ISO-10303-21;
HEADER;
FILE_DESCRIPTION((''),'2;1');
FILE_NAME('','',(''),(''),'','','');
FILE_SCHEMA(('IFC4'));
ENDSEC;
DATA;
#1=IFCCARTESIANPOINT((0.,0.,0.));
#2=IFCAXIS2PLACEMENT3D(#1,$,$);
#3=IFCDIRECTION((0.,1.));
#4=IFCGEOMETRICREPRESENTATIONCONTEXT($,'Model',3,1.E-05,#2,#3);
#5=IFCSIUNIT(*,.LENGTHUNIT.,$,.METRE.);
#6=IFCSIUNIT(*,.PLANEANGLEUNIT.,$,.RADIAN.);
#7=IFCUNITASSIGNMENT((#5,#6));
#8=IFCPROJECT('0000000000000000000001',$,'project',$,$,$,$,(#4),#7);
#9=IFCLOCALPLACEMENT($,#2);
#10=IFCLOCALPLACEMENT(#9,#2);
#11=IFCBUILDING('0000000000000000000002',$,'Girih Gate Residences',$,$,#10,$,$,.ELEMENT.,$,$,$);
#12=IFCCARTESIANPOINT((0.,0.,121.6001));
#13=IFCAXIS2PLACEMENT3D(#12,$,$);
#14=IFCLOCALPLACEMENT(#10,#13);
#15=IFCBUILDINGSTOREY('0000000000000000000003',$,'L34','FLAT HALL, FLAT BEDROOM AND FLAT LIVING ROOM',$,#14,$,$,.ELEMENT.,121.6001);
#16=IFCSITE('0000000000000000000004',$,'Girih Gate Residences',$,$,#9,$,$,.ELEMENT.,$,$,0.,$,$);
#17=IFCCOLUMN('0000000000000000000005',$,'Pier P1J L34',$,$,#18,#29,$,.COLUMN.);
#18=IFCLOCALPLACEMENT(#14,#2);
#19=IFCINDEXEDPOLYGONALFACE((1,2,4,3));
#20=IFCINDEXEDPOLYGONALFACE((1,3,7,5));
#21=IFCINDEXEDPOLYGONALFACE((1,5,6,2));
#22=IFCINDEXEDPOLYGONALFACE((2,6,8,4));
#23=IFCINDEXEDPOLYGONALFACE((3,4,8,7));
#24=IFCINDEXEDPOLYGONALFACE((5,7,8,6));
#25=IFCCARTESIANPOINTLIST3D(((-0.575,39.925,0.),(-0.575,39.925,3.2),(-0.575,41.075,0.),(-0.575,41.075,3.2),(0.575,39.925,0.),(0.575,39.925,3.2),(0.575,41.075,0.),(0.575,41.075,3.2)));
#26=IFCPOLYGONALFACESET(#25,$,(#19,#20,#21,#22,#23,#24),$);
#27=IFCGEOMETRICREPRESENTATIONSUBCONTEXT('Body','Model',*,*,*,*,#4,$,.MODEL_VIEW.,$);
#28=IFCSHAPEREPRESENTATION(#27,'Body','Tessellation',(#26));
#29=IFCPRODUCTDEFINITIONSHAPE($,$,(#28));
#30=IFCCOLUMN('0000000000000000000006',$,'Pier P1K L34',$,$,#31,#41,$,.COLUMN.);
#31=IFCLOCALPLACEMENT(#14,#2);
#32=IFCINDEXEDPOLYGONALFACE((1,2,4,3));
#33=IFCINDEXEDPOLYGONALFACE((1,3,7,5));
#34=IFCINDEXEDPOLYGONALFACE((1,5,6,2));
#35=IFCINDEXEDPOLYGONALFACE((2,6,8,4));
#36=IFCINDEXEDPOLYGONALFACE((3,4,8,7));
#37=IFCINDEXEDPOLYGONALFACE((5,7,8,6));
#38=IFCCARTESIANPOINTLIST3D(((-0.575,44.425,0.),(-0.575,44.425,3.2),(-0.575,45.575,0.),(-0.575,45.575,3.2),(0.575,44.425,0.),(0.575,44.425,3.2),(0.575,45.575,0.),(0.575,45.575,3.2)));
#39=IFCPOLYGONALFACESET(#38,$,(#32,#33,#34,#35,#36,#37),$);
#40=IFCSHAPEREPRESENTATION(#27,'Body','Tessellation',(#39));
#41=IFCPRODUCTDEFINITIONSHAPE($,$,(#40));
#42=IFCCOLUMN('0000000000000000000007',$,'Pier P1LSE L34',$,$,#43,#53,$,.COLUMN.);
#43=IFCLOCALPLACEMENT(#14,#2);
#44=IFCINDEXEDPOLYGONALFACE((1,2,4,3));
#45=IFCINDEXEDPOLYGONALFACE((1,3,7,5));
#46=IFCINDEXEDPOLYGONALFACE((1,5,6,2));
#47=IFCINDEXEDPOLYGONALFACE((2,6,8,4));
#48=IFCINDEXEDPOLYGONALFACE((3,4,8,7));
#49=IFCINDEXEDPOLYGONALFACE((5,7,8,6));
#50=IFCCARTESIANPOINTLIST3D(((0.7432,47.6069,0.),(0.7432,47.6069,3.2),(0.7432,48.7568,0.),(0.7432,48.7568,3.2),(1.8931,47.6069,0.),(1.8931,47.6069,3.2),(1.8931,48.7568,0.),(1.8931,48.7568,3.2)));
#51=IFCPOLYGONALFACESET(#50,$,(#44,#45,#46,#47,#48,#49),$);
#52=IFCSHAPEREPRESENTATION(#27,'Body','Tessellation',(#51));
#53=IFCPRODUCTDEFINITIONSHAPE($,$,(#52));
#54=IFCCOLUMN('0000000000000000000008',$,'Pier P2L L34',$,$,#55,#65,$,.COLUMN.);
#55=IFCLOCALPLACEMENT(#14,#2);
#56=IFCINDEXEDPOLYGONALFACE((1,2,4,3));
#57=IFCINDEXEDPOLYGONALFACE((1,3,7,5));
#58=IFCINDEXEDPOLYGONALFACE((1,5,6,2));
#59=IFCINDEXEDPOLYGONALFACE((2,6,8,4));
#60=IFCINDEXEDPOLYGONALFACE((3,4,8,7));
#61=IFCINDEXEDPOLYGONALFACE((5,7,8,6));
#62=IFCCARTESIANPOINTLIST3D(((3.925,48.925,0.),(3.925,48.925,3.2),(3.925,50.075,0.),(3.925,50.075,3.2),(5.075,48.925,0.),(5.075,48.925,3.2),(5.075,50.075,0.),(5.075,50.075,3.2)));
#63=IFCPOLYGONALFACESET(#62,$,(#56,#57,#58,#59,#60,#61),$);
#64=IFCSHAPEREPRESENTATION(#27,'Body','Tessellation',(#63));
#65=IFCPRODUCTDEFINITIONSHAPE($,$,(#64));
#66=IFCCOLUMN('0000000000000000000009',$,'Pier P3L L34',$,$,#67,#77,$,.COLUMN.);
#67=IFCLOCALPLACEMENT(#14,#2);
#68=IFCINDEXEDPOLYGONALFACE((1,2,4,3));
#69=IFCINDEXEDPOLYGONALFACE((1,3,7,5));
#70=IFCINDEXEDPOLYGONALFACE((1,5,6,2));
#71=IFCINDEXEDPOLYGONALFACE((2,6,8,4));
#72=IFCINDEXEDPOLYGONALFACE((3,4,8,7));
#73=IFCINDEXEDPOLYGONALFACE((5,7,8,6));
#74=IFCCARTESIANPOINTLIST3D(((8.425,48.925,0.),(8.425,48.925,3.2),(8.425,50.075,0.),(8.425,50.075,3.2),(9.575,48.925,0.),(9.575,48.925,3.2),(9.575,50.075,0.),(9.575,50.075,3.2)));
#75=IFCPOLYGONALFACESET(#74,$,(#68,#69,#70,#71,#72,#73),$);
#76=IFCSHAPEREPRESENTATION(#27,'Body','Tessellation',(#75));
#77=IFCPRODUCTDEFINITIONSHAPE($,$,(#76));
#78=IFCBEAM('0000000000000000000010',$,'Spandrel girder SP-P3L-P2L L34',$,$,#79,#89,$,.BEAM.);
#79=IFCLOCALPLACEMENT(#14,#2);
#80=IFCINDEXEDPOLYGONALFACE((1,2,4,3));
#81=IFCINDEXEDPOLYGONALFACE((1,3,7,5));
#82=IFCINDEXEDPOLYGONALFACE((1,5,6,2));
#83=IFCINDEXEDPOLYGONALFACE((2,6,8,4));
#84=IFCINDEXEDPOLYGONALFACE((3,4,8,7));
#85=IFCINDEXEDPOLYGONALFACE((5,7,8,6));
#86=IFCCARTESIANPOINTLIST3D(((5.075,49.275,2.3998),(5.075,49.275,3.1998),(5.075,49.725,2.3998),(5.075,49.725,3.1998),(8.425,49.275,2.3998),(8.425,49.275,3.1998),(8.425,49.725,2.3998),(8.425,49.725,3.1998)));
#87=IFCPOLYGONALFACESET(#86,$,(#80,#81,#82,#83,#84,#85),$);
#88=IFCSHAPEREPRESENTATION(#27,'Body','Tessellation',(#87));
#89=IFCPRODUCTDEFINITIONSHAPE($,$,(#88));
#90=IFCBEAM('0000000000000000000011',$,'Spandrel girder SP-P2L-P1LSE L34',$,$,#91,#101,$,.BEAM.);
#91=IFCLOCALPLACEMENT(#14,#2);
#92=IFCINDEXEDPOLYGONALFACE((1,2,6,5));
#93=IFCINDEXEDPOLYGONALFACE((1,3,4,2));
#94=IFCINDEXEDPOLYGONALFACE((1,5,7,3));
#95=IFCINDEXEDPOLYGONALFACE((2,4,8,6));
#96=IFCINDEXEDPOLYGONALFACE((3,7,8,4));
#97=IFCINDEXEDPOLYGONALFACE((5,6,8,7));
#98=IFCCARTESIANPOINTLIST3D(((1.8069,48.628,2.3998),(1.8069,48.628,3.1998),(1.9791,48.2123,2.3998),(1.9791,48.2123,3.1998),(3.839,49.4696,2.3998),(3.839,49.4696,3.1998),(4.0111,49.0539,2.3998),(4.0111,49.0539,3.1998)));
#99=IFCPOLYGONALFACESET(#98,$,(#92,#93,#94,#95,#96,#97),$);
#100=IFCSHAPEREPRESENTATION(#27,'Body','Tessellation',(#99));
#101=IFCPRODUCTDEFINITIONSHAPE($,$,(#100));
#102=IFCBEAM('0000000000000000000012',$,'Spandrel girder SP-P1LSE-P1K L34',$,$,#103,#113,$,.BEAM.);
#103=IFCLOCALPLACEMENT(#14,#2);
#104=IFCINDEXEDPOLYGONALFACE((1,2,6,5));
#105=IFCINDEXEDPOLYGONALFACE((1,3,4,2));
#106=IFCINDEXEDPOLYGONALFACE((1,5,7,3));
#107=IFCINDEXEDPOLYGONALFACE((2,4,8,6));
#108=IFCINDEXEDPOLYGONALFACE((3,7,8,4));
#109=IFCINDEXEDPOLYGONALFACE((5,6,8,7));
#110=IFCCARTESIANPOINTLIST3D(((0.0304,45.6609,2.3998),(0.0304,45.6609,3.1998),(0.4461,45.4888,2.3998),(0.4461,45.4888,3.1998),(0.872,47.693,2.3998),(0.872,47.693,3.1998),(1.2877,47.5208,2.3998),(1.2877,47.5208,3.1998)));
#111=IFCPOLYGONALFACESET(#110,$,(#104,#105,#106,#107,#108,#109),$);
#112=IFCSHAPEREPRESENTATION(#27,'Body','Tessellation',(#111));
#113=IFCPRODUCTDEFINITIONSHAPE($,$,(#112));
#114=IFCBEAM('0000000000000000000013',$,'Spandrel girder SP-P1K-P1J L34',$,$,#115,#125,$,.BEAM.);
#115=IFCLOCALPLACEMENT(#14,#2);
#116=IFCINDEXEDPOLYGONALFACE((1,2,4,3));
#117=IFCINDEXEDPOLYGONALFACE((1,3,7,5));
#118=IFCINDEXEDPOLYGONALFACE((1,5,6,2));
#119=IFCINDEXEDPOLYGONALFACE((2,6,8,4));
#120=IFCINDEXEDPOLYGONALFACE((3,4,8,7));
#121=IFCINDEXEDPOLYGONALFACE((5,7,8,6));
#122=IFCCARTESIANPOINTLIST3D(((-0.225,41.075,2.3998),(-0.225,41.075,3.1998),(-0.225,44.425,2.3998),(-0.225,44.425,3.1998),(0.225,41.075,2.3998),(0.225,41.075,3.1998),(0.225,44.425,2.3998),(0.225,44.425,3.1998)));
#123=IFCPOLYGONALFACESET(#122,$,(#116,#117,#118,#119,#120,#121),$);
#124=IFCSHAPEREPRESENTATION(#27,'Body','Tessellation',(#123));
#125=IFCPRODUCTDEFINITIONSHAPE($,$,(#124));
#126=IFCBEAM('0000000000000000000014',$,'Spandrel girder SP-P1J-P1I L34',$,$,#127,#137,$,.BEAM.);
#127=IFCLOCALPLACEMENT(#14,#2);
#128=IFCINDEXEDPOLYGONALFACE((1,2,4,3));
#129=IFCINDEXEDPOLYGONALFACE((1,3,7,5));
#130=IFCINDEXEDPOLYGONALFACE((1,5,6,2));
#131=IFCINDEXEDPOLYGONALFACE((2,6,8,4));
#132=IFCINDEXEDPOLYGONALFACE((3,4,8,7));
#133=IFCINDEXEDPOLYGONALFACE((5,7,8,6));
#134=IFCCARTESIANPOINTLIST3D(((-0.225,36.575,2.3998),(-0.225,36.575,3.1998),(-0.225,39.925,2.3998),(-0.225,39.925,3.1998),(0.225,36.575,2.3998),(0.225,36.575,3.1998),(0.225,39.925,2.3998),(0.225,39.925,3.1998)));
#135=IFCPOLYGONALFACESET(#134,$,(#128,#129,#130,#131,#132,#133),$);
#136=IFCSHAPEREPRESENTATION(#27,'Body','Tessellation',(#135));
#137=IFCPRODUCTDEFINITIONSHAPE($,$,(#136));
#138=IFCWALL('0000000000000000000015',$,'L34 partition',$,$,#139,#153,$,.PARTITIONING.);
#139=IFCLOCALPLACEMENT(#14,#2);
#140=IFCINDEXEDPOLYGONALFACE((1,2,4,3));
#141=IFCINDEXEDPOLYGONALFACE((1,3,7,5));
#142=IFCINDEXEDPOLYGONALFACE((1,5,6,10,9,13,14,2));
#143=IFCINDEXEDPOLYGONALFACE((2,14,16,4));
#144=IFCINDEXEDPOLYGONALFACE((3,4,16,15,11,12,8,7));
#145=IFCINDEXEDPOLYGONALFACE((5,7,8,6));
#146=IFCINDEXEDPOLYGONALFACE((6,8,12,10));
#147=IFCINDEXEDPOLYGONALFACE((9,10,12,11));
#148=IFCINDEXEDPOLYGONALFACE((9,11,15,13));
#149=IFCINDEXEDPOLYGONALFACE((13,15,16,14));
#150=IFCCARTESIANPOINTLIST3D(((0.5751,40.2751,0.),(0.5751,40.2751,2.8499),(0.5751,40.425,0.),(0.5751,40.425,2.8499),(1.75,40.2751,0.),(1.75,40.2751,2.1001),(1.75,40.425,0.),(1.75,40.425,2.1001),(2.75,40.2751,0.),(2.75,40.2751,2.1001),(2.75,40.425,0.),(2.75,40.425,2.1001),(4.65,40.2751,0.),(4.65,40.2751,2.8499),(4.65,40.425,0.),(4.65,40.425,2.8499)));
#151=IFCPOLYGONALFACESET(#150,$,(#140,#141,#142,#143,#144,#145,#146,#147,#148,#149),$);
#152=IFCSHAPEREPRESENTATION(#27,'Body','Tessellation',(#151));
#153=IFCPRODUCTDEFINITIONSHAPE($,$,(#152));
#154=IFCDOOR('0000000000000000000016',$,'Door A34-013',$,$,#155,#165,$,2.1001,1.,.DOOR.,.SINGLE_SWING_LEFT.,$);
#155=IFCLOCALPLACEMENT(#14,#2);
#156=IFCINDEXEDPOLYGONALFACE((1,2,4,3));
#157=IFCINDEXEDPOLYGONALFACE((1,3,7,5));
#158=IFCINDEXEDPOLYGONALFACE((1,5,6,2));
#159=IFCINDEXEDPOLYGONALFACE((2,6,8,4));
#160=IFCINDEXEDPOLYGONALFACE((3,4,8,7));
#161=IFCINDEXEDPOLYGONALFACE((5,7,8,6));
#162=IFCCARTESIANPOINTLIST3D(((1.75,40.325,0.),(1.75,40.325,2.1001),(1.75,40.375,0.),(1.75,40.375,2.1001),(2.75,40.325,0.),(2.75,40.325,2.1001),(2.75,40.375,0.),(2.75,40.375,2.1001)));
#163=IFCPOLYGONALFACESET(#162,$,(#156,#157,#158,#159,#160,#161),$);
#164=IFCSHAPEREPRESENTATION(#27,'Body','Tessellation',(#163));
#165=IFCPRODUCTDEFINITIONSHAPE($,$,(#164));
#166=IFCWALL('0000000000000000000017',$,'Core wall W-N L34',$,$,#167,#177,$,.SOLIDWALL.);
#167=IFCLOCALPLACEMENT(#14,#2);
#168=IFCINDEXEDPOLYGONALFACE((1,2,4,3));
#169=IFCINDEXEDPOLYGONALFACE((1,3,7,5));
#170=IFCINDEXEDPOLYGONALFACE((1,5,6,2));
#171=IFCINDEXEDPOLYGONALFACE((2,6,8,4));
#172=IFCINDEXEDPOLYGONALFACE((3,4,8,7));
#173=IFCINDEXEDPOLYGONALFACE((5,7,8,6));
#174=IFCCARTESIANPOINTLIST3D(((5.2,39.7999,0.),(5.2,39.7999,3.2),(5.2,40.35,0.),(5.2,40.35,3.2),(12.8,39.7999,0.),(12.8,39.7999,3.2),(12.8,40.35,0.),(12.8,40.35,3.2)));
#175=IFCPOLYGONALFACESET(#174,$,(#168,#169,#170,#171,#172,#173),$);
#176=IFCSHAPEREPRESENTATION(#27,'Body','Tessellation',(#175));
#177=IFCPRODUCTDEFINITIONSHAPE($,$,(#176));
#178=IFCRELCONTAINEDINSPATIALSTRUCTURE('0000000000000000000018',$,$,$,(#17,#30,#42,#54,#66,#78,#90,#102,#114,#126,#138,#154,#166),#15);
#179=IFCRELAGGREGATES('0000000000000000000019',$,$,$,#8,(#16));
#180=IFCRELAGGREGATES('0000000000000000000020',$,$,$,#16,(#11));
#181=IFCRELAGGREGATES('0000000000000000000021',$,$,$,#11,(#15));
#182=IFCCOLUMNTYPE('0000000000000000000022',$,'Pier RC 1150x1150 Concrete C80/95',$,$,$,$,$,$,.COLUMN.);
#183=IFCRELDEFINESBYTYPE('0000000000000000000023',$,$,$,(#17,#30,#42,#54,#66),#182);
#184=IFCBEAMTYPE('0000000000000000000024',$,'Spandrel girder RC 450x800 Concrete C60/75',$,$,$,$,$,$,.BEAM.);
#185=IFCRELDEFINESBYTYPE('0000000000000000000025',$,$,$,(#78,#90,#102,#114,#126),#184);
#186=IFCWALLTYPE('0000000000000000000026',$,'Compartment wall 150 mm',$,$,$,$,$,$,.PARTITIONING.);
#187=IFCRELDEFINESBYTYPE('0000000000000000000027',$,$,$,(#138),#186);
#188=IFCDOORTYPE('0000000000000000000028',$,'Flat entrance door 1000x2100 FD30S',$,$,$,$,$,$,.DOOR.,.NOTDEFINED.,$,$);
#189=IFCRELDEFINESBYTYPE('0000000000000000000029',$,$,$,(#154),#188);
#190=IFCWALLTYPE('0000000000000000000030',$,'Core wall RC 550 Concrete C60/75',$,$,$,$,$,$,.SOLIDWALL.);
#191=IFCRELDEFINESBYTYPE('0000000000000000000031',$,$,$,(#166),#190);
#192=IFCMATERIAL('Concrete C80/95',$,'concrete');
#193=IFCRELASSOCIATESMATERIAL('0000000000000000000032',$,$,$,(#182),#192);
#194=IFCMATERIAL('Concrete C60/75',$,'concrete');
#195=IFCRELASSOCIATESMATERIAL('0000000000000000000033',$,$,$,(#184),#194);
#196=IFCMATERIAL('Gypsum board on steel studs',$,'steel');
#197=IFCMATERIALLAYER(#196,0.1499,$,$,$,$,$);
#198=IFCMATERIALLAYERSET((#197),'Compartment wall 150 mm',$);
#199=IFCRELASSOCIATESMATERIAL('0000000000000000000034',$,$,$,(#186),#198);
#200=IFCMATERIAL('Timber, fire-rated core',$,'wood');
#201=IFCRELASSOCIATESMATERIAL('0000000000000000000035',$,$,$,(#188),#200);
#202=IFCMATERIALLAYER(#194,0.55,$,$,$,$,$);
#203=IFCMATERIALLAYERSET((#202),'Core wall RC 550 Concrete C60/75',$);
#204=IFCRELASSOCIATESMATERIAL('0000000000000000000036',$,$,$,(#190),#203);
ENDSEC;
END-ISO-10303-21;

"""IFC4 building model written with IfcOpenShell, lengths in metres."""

from ifc_helpers import new_model, si_unit, direction, frame, frame_2d, origin, origin_2d, place, context, subcontext, project, spatial, rectangle, extrude, material, layer, layer_set, material_profile, profile_set, type_object, element, fill, save


model = new_model("IFC4")

# Units and contexts
model_context = context("Model", 3, precision=1e-05, world=origin(), true_north=direction((0.0, 1.0)))
body_context = subcontext(model_context, "Body", "Model", "MODEL_VIEW")
ifc_project = project(units=[si_unit("LENGTHUNIT", "METRE"), si_unit("PLANEANGLEUNIT", "RADIAN")], contexts=[model_context])

# Site, building, storey
site_placement = place(None, origin())
site = spatial("IfcSite", under=ifc_project, at=site_placement, Name="Girih Gate Residences", CompositionType="ELEMENT", RefElevation=0.0)
building_placement = place(site_placement, origin())
building = spatial("IfcBuilding", under=site, at=building_placement, Name="Girih Gate Residences", CompositionType="ELEMENT")
storey_placement = place(building_placement, frame((0.0, 0.0, 121.6001)))
storey = spatial("IfcBuildingStorey", under=building, at=storey_placement, Name="L34", Description="FLAT HALL, FLAT BEDROOM AND FLAT LIVING ROOM", CompositionType="ELEMENT", Elevation=121.6001)

# Columns
ifc_material_1 = material(Name="Concrete C80/95", Category="concrete")
ifc_material_profile_1 = material_profile(ifc_material_1, rectangle(XDim=1.1499, YDim=1.1499, at=origin_2d()))
ifc_profile_set_1 = profile_set([ifc_material_profile_1], Name="Concrete C80/95")
column_type = type_object("IfcColumnType", Name="Pier RC 1150x1150 Concrete C80/95", PredefinedType="COLUMN", material=ifc_profile_set_1)
for number, where, z_axis, x_axis, name in (
    (1, (0.0, 40.5, 0.0), (0.0, 0.0, 1.0), (1.0, 0.0, 0.0), "Pier P1J L34"),
    (2, (0.0, 45.0, 0.0), (0.0, 0.0, 1.0), (1.0, 0.0, 0.0), "Pier P1K L34"),
    (3, (1.3181, 48.1819, 0.0), (0.0, 0.0, 1.0), (1.0, 0.0, 0.0), "Pier P1LSE L34"),
    (4, (4.5, 49.5, 0.0), (0.0, 0.0, 1.0), (1.0, 0.0, 0.0), "Pier P2L L34"),
    (5, (9.0, 49.5, 0.0), (0.0, 0.0, 1.0), (1.0, 0.0, 0.0), "Pier P3L L34"),
):
    element("IfcColumn", number, at=place(storey_placement, frame(where, z_axis=z_axis, x_axis=x_axis)), inside=storey, type_object=column_type, Name=name, PredefinedType="COLUMN", context=body_context, shape_type="SweptSolid", body=[
        extrude(rectangle(XDim=1.1499, YDim=1.1499, at=origin_2d()), origin(), (0.0, 0.0, 1.0), 3.2),
    ])

# Beams
ifc_material_2 = material(Name="Concrete C60/75", Category="concrete")
ifc_material_profile_2 = material_profile(ifc_material_2, rectangle(XDim=0.45, YDim=0.8, at=origin_2d()))
ifc_profile_set_2 = profile_set([ifc_material_profile_2], Name="Concrete C60/75")
beam_type = type_object("IfcBeamType", Name="Spandrel girder RC 450x800 Concrete C60/75", PredefinedType="BEAM", material=ifc_profile_set_2)
beam_placement = place(storey_placement, frame((8.425, 49.5, 2.7998), z_axis=(-1.0, 0.0, 0.0), x_axis=(0.0, -1.0, 0.0)))
element("IfcBeam", 6, at=beam_placement, inside=storey, type_object=beam_type, Name="Spandrel girder SP-P3L-P2L L34", PredefinedType="BEAM", context=body_context, shape_type="SweptSolid", body=[
    extrude(rectangle(XDim=0.45, YDim=0.8, at=origin_2d()), origin(), (0.0, 0.0, 1.0), 3.3501),
])
for number, where, z_axis, x_axis, name in (
    (7, (3.925, 49.2617, 2.7998), (-0.923899, -0.382636, 0.0), (0.382636, -0.923899, 0.0), "Spandrel girder SP-P2L-P1LSE L34"),
    (8, (1.0798, 47.6069, 2.7998), (-0.382636, -0.923899, 0.0), (0.923899, -0.382636, 0.0), "Spandrel girder SP-P1LSE-P1K L34"),
):
    element("IfcBeam", number, at=place(storey_placement, frame(where, z_axis=z_axis, x_axis=x_axis)), inside=storey, type_object=beam_type, Name=name, PredefinedType="BEAM", context=body_context, shape_type="SweptSolid", body=[
        extrude(rectangle(XDim=0.45, YDim=0.8, at=origin_2d()), origin(), (0.0, 0.0, 1.0), 2.1995),
    ])
for number, where, z_axis, x_axis, name in (
    (9, (0.0, 44.425, 2.7998), (0.0, -1.0, 0.0), (1.0, 0.0, 0.0), "Spandrel girder SP-P1K-P1J L34"),
    (10, (0.0, 39.925, 2.7998), (0.0, -1.0, 0.0), (1.0, 0.0, 0.0), "Spandrel girder SP-P1J-P1I L34"),
):
    element("IfcBeam", number, at=place(storey_placement, frame(where, z_axis=z_axis, x_axis=x_axis)), inside=storey, type_object=beam_type, Name=name, PredefinedType="BEAM", context=body_context, shape_type="SweptSolid", body=[
        extrude(rectangle(XDim=0.45, YDim=0.8, at=origin_2d()), origin(), (0.0, 0.0, 1.0), 3.3501),
    ])

# Wall, opening, door
ifc_material_3 = material(Name="Gypsum board on steel studs", Category="steel")
ifc_layer_1 = layer(ifc_material_3, 0.1499)
ifc_layer_set_1 = layer_set([ifc_layer_1], Name="Compartment wall 150 mm")
wall_type_1 = type_object("IfcWallType", Name="Compartment wall 150 mm", PredefinedType="PARTITIONING", material=ifc_layer_set_1)
wall_1_placement = place(storey_placement, frame((0.575, 40.3501, 0.0), z_axis=(0.0, 0.0, 1.0), x_axis=(1.0, 0.0, 0.0)))
wall_1 = element("IfcWall", 11, at=wall_1_placement, inside=storey, type_object=wall_type_1, Name="L34 partition", PredefinedType="PARTITIONING", context=body_context, shape_type="SweptSolid", body=[
    extrude(rectangle(XDim=4.075, YDim=0.1499, at=frame_2d((2.0376, 0.0))), origin(), (0.0, 0.0, 1.0), 2.8499),
])
opening_1_placement = place(wall_1_placement, frame((1.175, 0.0, 0.0)))
opening_1 = element("IfcOpeningElement", 12, at=opening_1_placement, cuts=wall_1, PredefinedType="OPENING", context=body_context, shape_type="SweptSolid", body=[
    extrude(rectangle(XDim=1.0, YDim=2.1001, at=frame_2d((0.5, 1.05))), frame((0.0, 0.085, 0.0), z_axis=(0.0, -1.0, 0.0), x_axis=(1.0, 0.0, 0.0)), (0.0, 0.0, 1.0), 0.1699),
])
ifc_material_4 = material(Name="Timber, fire-rated core", Category="wood")
door_type_1 = type_object("IfcDoorType", Name="Flat entrance door 1000x2100 FD30S", OperationType="NOTDEFINED", PredefinedType="DOOR", material=ifc_material_4)
door_1_placement = place(opening_1_placement, origin())
door_1 = element("IfcDoor", 13, at=door_1_placement, inside=storey, type_object=door_type_1, Name="Door A34-013", OperationType="SINGLE_SWING_LEFT", OverallHeight=2.1001, OverallWidth=1.0, PredefinedType="DOOR", context=body_context, shape_type="SweptSolid", body=[
    extrude(rectangle(XDim=1.0, YDim=2.1001, at=frame_2d((0.5, 1.05))), frame((0.0, 0.0249, 0.0), z_axis=(0.0, -1.0, 0.0), x_axis=(1.0, 0.0, 0.0)), (0.0, 0.0, 1.0), 0.05),
])
fill(opening_1, door_1)

# Wall
ifc_layer_2 = layer(ifc_material_2, 0.55)
ifc_layer_set_2 = layer_set([ifc_layer_2], Name="Core wall RC 550 Concrete C60/75")
wall_type_2 = type_object("IfcWallType", Name="Core wall RC 550 Concrete C60/75", PredefinedType="SOLIDWALL", material=ifc_layer_set_2)
wall_2_placement = place(storey_placement, frame((5.2, 40.075, 0.0), z_axis=(0.0, 0.0, 1.0), x_axis=(1.0, 0.0, 0.0)))
element("IfcWall", 14, at=wall_2_placement, inside=storey, type_object=wall_type_2, Name="Core wall W-N L34", PredefinedType="SOLIDWALL", context=body_context, shape_type="SweptSolid", body=[
    extrude(rectangle(XDim=7.6001, YDim=0.55, at=frame_2d((3.8, 0.0))), origin(), (0.0, 0.0, 1.0), 3.2),
])

save(model, "model.ifc")
